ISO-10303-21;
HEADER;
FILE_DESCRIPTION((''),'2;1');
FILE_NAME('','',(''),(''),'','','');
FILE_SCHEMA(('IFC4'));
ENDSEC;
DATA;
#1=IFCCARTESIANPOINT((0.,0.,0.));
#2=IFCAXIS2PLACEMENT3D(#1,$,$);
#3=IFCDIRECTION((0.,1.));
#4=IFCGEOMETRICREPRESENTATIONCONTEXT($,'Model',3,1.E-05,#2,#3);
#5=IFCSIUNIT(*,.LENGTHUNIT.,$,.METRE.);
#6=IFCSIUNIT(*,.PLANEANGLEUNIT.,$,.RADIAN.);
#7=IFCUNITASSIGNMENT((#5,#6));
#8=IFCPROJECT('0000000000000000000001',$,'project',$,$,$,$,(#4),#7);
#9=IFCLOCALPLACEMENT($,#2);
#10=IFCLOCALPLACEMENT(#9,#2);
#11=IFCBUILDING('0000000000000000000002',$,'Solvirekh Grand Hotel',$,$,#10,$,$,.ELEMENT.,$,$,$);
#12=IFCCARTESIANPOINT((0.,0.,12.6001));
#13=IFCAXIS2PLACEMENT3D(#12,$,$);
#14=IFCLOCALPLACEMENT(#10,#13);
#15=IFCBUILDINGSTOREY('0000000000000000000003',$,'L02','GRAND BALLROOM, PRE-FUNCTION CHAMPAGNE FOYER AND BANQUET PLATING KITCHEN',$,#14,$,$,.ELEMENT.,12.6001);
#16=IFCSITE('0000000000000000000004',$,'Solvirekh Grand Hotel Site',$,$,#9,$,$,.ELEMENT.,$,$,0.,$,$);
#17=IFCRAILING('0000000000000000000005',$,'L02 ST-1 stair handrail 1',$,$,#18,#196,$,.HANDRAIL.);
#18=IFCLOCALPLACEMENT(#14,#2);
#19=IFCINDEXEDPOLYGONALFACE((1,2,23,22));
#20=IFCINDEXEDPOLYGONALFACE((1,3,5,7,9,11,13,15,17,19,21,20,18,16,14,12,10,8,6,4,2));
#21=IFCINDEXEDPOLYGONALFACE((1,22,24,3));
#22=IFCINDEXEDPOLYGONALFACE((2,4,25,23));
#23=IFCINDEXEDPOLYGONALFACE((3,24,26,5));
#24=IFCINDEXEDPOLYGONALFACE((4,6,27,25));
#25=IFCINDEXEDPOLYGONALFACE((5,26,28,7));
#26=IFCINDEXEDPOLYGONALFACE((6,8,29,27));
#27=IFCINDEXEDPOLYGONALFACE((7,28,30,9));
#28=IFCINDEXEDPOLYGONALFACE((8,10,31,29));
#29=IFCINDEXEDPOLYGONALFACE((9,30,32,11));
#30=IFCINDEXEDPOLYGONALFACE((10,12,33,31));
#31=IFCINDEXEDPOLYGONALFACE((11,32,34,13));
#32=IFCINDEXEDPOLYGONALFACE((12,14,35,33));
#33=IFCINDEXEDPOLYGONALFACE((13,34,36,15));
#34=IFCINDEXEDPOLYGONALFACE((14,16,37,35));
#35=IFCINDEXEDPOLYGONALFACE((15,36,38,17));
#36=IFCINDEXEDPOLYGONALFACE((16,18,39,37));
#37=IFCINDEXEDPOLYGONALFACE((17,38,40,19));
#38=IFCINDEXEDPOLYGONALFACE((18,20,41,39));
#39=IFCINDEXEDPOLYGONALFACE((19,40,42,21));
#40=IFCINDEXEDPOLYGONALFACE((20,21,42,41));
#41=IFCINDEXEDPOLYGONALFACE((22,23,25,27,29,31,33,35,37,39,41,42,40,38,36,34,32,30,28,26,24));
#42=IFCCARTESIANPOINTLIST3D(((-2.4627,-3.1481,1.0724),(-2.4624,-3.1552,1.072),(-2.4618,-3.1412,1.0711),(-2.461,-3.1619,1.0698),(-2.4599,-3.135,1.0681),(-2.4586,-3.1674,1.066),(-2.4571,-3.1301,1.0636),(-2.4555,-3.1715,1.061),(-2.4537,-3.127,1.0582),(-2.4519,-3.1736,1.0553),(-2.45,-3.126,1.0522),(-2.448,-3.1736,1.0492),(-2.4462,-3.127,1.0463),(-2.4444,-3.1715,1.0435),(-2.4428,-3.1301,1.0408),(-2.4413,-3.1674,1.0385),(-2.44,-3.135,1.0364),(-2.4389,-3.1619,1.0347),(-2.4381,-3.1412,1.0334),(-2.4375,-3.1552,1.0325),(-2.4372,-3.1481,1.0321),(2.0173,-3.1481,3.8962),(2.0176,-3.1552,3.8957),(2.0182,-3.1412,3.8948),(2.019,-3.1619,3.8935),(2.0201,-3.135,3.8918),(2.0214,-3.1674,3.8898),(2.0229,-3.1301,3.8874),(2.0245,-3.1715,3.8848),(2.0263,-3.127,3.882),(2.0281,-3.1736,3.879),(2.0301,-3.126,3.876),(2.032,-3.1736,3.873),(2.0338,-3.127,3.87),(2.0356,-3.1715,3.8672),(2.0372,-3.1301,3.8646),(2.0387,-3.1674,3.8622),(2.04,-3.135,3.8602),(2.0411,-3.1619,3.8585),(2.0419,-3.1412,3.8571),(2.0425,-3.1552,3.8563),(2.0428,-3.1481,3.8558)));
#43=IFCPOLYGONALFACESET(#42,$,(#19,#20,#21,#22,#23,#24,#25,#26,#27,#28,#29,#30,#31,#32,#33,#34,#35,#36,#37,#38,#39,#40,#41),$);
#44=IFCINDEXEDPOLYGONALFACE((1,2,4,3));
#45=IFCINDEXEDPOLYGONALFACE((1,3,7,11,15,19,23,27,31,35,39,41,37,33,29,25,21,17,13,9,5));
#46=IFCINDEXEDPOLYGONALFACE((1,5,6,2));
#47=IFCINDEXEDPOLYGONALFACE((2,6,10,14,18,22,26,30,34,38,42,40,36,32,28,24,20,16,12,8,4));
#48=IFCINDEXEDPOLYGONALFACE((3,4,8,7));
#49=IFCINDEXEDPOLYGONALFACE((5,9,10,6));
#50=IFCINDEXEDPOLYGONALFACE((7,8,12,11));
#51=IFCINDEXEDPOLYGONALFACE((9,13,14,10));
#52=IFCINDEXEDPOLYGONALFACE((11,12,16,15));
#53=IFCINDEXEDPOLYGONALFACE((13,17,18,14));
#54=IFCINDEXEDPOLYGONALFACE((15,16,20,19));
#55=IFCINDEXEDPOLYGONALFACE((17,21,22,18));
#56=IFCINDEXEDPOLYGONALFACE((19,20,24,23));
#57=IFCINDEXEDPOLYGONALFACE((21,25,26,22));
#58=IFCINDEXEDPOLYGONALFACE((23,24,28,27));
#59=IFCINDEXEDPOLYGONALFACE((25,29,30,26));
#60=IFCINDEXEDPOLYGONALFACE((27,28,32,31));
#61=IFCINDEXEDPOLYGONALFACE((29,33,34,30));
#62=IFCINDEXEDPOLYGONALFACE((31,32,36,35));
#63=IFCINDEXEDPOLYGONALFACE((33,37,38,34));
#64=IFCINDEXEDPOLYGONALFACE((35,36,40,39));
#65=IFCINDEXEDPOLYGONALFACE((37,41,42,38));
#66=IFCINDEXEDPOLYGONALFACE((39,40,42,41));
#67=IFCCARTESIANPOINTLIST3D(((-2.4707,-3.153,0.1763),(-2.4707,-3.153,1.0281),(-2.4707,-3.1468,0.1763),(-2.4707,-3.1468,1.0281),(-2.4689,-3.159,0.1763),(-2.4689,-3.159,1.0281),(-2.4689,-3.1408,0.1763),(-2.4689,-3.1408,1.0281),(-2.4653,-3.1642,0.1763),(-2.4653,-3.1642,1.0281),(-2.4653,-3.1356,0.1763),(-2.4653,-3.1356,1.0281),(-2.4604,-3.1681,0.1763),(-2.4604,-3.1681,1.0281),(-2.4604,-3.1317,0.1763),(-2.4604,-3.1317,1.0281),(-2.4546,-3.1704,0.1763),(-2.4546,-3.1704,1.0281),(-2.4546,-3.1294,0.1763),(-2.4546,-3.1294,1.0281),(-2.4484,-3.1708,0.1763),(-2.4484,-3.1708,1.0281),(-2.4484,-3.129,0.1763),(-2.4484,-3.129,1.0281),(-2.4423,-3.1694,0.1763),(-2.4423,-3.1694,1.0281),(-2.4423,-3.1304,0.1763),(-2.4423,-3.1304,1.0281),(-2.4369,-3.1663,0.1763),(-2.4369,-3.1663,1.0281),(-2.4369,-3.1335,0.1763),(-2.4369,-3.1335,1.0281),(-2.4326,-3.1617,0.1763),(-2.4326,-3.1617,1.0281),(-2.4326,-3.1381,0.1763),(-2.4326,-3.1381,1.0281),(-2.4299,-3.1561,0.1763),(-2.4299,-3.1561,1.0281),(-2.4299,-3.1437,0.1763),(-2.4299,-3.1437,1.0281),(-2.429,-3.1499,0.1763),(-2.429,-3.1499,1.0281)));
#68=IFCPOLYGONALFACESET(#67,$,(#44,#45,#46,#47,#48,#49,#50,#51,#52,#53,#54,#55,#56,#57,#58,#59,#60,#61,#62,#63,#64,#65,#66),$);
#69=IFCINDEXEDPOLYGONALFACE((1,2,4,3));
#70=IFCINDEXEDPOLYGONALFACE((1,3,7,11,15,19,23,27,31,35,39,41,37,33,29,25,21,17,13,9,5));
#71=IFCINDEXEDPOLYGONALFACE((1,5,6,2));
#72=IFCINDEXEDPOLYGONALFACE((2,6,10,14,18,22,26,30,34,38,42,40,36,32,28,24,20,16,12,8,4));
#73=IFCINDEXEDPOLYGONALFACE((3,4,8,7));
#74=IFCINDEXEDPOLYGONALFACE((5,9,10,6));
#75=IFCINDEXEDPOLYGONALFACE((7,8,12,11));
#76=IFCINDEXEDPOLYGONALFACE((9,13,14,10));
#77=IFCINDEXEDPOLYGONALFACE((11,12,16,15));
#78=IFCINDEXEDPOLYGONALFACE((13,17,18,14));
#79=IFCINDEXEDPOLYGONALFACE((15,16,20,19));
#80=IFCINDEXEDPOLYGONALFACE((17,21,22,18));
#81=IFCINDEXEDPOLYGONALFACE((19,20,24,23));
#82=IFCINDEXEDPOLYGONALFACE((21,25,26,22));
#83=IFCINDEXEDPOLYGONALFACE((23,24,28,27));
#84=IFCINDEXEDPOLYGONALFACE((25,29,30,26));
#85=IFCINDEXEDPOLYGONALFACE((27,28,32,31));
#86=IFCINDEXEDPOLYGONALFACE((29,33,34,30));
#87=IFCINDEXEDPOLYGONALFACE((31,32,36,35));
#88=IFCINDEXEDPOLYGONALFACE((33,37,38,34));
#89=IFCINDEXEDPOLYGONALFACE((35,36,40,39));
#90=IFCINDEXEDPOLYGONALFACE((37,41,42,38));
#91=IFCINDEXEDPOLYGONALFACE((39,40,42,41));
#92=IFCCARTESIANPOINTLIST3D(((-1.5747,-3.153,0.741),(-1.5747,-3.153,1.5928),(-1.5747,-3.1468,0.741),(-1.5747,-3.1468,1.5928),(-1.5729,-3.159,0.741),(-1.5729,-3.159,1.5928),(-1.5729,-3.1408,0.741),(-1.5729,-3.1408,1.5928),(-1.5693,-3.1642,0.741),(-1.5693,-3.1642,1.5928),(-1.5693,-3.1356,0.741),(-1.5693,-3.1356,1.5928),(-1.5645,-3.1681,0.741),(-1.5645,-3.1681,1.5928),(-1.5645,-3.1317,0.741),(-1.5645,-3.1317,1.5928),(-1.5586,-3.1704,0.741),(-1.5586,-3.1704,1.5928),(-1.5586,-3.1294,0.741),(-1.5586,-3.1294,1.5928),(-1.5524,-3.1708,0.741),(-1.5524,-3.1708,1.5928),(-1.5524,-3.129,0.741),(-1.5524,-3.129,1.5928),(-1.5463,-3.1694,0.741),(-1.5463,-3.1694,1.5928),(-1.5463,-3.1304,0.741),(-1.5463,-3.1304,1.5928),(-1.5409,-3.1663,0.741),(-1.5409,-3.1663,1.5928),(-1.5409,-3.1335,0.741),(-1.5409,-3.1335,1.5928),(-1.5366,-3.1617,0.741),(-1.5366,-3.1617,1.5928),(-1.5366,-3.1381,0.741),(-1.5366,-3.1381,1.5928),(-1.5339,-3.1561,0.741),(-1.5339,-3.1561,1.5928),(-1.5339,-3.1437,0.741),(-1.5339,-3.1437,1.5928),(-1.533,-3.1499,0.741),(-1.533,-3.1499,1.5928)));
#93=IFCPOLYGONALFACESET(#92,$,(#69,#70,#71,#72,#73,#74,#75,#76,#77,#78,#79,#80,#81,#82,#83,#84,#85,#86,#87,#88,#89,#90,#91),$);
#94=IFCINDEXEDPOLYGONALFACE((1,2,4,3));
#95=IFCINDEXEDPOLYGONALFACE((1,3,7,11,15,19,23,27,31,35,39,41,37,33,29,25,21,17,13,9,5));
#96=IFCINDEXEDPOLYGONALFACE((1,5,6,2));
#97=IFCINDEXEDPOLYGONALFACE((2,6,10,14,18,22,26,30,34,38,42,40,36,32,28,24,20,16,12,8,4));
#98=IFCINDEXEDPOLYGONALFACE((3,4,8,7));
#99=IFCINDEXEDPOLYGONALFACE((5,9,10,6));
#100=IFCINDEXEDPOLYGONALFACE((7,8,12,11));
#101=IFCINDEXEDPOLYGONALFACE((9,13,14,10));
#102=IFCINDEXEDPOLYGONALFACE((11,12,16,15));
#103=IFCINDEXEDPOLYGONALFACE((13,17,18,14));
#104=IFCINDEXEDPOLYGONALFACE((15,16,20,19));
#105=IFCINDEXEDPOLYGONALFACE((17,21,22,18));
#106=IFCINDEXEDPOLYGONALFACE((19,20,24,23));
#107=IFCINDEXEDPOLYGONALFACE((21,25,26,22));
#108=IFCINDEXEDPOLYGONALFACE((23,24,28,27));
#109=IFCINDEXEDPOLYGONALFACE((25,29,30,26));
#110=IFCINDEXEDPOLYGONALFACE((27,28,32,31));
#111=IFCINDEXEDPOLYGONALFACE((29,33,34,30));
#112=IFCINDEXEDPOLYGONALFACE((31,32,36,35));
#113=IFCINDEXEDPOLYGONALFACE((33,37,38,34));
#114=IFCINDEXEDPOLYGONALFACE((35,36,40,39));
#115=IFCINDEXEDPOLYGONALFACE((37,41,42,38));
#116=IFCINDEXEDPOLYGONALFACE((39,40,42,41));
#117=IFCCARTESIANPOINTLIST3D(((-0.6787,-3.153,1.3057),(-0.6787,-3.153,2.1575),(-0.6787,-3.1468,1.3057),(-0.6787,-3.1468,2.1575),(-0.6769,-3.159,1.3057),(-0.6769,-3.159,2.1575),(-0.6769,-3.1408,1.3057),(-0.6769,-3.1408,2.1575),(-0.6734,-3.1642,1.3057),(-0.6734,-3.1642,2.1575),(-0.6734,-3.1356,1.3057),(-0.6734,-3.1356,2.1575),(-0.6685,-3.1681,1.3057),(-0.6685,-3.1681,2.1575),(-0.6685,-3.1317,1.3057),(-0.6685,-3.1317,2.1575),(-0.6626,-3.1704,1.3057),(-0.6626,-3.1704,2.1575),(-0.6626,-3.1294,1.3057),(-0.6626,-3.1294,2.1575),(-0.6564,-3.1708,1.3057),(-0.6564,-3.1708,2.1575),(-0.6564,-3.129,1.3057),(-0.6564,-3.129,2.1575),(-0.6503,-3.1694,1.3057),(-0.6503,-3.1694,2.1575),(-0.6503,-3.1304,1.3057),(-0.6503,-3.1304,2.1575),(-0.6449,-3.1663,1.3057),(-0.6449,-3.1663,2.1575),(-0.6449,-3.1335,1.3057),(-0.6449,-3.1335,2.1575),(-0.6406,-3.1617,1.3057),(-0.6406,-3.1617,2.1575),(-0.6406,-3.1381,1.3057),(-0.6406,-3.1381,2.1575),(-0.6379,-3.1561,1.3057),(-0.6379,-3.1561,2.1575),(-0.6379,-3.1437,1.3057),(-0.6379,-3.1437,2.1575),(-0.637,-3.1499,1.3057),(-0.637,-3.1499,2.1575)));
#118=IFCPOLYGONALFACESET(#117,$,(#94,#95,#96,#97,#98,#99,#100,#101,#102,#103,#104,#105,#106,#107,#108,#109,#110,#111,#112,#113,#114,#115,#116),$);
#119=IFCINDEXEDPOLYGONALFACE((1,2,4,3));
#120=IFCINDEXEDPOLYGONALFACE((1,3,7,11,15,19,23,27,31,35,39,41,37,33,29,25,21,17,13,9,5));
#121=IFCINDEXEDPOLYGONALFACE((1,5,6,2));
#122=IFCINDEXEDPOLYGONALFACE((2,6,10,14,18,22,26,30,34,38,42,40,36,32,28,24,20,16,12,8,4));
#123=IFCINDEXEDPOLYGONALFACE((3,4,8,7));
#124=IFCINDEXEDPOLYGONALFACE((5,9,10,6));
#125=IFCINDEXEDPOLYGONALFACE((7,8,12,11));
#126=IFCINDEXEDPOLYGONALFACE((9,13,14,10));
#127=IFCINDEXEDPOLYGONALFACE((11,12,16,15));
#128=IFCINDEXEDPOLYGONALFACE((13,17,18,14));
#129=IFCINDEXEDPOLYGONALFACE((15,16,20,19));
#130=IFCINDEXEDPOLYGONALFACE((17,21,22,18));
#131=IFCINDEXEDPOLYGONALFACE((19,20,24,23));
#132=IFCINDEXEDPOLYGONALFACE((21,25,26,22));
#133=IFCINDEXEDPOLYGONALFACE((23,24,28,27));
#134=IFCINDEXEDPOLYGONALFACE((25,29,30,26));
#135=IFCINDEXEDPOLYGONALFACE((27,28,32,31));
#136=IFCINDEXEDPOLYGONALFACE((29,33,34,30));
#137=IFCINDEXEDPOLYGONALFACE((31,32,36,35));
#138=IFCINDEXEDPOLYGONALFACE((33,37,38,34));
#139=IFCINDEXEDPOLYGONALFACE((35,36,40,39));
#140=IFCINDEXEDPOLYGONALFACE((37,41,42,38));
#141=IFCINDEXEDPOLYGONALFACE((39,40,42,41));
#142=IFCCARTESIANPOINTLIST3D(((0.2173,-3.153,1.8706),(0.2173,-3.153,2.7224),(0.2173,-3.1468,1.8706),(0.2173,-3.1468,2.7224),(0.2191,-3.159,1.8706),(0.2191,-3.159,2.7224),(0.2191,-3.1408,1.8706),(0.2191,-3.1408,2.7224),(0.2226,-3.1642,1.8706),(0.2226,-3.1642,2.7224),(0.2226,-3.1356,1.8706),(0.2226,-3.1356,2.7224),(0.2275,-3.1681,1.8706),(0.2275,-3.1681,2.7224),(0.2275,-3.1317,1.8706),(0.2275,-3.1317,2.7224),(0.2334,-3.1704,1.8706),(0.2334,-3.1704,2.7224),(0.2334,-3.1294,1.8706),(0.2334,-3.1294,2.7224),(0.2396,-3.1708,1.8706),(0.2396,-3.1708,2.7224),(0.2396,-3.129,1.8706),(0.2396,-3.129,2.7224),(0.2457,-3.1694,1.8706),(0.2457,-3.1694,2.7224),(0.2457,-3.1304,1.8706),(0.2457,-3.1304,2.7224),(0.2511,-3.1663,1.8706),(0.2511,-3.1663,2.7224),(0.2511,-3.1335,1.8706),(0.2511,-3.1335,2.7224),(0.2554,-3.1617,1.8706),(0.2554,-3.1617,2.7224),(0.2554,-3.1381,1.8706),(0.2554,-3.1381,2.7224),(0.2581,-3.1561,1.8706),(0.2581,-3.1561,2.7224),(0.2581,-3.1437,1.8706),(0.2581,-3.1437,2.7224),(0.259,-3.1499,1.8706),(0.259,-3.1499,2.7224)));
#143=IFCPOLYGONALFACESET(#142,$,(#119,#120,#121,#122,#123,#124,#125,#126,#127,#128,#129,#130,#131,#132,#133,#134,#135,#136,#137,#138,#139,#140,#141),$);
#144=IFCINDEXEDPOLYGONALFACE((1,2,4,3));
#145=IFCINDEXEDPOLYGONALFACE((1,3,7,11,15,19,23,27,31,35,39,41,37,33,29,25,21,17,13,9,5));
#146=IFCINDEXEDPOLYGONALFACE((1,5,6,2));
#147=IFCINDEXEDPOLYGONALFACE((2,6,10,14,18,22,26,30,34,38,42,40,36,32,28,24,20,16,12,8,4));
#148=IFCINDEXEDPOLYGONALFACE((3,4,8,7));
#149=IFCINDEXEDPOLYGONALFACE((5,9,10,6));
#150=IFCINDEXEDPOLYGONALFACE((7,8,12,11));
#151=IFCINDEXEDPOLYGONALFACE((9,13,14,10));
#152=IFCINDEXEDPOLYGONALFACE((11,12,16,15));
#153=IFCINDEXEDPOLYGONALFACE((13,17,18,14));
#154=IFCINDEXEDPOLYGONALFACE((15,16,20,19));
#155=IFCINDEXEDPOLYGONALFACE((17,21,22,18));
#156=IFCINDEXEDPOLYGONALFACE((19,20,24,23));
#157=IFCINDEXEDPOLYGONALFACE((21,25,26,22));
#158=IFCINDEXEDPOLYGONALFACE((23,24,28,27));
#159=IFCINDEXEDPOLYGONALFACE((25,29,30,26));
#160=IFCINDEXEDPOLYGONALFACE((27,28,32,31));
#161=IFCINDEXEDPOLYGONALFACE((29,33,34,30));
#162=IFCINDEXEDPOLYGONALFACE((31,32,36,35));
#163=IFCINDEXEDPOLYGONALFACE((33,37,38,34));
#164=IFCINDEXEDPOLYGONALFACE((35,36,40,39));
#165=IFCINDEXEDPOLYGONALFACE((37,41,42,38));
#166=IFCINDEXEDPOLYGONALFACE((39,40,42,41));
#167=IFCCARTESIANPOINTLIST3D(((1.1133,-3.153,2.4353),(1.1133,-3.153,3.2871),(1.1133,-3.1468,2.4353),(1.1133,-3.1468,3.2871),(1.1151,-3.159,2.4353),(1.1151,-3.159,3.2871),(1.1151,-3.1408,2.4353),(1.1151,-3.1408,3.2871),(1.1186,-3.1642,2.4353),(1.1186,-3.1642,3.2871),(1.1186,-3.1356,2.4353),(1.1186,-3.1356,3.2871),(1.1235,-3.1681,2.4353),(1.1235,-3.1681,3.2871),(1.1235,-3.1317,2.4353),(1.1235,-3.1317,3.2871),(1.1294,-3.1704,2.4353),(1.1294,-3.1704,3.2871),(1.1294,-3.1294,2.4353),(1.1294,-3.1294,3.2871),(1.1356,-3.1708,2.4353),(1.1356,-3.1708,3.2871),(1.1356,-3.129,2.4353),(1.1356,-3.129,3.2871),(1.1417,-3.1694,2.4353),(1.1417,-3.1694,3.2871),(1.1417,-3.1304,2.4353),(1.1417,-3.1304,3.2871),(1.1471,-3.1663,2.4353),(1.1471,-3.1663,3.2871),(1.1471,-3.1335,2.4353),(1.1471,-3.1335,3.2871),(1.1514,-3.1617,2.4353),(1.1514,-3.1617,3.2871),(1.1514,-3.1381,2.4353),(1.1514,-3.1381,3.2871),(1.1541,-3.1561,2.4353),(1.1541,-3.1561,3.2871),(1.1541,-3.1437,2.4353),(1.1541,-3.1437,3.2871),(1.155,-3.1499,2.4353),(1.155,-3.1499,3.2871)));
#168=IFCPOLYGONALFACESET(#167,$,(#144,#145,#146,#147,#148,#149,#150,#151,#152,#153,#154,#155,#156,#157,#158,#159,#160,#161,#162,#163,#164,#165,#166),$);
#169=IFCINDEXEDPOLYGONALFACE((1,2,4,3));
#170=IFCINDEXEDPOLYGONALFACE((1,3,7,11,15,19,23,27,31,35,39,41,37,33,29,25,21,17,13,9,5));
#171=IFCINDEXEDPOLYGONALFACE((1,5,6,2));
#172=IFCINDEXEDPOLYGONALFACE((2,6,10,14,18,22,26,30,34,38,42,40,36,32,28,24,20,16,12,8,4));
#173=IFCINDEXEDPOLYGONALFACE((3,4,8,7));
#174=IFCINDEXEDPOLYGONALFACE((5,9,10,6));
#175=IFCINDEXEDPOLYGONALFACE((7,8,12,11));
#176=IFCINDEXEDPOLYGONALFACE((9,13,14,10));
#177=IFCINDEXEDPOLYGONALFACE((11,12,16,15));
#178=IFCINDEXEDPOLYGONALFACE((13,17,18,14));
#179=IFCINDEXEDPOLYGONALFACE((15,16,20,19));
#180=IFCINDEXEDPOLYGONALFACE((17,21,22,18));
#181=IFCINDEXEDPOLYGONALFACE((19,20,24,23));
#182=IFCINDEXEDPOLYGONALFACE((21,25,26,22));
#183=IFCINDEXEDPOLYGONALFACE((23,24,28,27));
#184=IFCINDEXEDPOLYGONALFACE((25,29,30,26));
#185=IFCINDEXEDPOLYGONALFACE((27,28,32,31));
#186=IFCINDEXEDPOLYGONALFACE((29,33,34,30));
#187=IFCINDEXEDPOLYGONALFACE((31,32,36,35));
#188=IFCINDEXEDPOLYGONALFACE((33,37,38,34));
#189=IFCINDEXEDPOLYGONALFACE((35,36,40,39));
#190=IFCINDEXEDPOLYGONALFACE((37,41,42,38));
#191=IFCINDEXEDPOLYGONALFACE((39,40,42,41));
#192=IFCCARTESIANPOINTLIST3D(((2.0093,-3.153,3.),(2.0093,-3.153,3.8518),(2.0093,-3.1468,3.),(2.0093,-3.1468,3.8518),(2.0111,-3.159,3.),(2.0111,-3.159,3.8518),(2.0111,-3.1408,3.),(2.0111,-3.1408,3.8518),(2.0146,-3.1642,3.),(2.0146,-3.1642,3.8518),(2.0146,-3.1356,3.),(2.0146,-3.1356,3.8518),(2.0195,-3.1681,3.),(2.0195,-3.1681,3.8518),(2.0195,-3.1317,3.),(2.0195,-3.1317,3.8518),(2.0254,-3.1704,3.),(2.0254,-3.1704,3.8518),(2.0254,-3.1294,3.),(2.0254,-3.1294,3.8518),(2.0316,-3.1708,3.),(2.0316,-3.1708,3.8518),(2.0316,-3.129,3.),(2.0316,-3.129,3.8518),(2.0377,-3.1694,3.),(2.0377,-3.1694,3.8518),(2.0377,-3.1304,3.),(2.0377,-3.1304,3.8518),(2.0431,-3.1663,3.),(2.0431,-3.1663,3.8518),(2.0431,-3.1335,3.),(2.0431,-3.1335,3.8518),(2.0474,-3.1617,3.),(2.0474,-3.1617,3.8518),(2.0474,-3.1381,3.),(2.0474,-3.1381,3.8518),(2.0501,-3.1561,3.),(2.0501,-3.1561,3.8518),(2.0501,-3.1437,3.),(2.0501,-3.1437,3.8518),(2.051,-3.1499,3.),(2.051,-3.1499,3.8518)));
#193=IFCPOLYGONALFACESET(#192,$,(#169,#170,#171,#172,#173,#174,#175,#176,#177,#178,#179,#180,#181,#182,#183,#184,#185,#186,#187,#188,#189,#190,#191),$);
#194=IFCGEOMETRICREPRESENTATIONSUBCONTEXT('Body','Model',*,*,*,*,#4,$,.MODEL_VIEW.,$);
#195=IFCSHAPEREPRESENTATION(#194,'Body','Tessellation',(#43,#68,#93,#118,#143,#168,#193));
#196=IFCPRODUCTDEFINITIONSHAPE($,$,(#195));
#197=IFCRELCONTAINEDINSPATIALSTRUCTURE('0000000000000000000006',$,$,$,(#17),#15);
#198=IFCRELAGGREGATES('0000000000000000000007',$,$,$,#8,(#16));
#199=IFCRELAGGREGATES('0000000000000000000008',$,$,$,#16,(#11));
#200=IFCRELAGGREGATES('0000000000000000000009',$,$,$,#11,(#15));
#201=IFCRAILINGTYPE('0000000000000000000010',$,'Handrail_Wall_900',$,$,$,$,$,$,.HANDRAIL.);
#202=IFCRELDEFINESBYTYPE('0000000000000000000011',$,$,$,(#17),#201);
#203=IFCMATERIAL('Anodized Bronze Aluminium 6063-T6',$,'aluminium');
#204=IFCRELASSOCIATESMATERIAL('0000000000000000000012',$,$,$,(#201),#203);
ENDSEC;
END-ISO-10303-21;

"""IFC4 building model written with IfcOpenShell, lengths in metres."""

from ifc_helpers import new_model, si_unit, direction, frame, origin, origin_2d, place, context, subcontext, project, spatial, circle, extrude, material, type_object, element, save


model = new_model("IFC4")

# Units and contexts
model_context = context("Model", 3, precision=1e-05, world=origin(), true_north=direction((0.0, 1.0)))
body_context = subcontext(model_context, "Body", "Model", "MODEL_VIEW")
ifc_project = project(units=[si_unit("LENGTHUNIT", "METRE"), si_unit("PLANEANGLEUNIT", "RADIAN")], contexts=[model_context])

# Site, building, storey
site_placement = place(None, origin())
site = spatial("IfcSite", under=ifc_project, at=site_placement, Name="Solvirekh Grand Hotel Site", CompositionType="ELEMENT", RefElevation=0.0)
building_placement = place(site_placement, origin())
building = spatial("IfcBuilding", under=site, at=building_placement, Name="Solvirekh Grand Hotel", CompositionType="ELEMENT")
storey_placement = place(building_placement, frame((0.0, 0.0, 12.6001)))
storey = spatial("IfcBuildingStorey", under=building, at=storey_placement, Name="L02", Description="GRAND BALLROOM, PRE-FUNCTION CHAMPAGNE FOYER AND BANQUET PLATING KITCHEN", CompositionType="ELEMENT", Elevation=12.6001)

# Shared definitions
ifc_material_1 = material(Name="Anodized Bronze Aluminium 6063-T6", Category="aluminium")

# Railing
railing_type = type_object("IfcRailingType", Name="Handrail_Wall_900", PredefinedType="HANDRAIL", material=ifc_material_1)
railing_placement = place(storey_placement, frame((-2.45, -3.1499, 0.1763)))
element("IfcRailing", 1, at=railing_placement, inside=storey, type_object=railing_type, Name="L02 ST-1 stair handrail 1", PredefinedType="HANDRAIL", context=body_context, shape_type="SweptSolid", body=[
    extrude(circle(Radius=0.0239, at=origin_2d()), frame((0.0, 0.0, 0.876), z_axis=(0.845977, 0.0, 0.533219), x_axis=(0.0, 1.0, 0.0)), (0.0, 0.0, 1.0), 5.2957),
    extrude(circle(Radius=0.021, at=origin_2d()), origin(), (0.0, 0.0, 1.0), 0.8518),
    extrude(circle(Radius=0.021, at=origin_2d()), frame((0.896, 0.0, 0.5647)), (0.0, 0.0, 1.0), 0.8518),
    extrude(circle(Radius=0.021, at=origin_2d()), frame((1.792, 0.0, 1.1294)), (0.0, 0.0, 1.0), 0.8518),
    extrude(circle(Radius=0.021, at=origin_2d()), frame((2.688, 0.0, 1.6943)), (0.0, 0.0, 1.0), 0.8518),
    extrude(circle(Radius=0.021, at=origin_2d()), frame((3.584, 0.0, 2.259)), (0.0, 0.0, 1.0), 0.8518),
    extrude(circle(Radius=0.021, at=origin_2d()), frame((4.48, 0.0, 2.8237)), (0.0, 0.0, 1.0), 0.8518),
])

save(model, "model.ifc")
